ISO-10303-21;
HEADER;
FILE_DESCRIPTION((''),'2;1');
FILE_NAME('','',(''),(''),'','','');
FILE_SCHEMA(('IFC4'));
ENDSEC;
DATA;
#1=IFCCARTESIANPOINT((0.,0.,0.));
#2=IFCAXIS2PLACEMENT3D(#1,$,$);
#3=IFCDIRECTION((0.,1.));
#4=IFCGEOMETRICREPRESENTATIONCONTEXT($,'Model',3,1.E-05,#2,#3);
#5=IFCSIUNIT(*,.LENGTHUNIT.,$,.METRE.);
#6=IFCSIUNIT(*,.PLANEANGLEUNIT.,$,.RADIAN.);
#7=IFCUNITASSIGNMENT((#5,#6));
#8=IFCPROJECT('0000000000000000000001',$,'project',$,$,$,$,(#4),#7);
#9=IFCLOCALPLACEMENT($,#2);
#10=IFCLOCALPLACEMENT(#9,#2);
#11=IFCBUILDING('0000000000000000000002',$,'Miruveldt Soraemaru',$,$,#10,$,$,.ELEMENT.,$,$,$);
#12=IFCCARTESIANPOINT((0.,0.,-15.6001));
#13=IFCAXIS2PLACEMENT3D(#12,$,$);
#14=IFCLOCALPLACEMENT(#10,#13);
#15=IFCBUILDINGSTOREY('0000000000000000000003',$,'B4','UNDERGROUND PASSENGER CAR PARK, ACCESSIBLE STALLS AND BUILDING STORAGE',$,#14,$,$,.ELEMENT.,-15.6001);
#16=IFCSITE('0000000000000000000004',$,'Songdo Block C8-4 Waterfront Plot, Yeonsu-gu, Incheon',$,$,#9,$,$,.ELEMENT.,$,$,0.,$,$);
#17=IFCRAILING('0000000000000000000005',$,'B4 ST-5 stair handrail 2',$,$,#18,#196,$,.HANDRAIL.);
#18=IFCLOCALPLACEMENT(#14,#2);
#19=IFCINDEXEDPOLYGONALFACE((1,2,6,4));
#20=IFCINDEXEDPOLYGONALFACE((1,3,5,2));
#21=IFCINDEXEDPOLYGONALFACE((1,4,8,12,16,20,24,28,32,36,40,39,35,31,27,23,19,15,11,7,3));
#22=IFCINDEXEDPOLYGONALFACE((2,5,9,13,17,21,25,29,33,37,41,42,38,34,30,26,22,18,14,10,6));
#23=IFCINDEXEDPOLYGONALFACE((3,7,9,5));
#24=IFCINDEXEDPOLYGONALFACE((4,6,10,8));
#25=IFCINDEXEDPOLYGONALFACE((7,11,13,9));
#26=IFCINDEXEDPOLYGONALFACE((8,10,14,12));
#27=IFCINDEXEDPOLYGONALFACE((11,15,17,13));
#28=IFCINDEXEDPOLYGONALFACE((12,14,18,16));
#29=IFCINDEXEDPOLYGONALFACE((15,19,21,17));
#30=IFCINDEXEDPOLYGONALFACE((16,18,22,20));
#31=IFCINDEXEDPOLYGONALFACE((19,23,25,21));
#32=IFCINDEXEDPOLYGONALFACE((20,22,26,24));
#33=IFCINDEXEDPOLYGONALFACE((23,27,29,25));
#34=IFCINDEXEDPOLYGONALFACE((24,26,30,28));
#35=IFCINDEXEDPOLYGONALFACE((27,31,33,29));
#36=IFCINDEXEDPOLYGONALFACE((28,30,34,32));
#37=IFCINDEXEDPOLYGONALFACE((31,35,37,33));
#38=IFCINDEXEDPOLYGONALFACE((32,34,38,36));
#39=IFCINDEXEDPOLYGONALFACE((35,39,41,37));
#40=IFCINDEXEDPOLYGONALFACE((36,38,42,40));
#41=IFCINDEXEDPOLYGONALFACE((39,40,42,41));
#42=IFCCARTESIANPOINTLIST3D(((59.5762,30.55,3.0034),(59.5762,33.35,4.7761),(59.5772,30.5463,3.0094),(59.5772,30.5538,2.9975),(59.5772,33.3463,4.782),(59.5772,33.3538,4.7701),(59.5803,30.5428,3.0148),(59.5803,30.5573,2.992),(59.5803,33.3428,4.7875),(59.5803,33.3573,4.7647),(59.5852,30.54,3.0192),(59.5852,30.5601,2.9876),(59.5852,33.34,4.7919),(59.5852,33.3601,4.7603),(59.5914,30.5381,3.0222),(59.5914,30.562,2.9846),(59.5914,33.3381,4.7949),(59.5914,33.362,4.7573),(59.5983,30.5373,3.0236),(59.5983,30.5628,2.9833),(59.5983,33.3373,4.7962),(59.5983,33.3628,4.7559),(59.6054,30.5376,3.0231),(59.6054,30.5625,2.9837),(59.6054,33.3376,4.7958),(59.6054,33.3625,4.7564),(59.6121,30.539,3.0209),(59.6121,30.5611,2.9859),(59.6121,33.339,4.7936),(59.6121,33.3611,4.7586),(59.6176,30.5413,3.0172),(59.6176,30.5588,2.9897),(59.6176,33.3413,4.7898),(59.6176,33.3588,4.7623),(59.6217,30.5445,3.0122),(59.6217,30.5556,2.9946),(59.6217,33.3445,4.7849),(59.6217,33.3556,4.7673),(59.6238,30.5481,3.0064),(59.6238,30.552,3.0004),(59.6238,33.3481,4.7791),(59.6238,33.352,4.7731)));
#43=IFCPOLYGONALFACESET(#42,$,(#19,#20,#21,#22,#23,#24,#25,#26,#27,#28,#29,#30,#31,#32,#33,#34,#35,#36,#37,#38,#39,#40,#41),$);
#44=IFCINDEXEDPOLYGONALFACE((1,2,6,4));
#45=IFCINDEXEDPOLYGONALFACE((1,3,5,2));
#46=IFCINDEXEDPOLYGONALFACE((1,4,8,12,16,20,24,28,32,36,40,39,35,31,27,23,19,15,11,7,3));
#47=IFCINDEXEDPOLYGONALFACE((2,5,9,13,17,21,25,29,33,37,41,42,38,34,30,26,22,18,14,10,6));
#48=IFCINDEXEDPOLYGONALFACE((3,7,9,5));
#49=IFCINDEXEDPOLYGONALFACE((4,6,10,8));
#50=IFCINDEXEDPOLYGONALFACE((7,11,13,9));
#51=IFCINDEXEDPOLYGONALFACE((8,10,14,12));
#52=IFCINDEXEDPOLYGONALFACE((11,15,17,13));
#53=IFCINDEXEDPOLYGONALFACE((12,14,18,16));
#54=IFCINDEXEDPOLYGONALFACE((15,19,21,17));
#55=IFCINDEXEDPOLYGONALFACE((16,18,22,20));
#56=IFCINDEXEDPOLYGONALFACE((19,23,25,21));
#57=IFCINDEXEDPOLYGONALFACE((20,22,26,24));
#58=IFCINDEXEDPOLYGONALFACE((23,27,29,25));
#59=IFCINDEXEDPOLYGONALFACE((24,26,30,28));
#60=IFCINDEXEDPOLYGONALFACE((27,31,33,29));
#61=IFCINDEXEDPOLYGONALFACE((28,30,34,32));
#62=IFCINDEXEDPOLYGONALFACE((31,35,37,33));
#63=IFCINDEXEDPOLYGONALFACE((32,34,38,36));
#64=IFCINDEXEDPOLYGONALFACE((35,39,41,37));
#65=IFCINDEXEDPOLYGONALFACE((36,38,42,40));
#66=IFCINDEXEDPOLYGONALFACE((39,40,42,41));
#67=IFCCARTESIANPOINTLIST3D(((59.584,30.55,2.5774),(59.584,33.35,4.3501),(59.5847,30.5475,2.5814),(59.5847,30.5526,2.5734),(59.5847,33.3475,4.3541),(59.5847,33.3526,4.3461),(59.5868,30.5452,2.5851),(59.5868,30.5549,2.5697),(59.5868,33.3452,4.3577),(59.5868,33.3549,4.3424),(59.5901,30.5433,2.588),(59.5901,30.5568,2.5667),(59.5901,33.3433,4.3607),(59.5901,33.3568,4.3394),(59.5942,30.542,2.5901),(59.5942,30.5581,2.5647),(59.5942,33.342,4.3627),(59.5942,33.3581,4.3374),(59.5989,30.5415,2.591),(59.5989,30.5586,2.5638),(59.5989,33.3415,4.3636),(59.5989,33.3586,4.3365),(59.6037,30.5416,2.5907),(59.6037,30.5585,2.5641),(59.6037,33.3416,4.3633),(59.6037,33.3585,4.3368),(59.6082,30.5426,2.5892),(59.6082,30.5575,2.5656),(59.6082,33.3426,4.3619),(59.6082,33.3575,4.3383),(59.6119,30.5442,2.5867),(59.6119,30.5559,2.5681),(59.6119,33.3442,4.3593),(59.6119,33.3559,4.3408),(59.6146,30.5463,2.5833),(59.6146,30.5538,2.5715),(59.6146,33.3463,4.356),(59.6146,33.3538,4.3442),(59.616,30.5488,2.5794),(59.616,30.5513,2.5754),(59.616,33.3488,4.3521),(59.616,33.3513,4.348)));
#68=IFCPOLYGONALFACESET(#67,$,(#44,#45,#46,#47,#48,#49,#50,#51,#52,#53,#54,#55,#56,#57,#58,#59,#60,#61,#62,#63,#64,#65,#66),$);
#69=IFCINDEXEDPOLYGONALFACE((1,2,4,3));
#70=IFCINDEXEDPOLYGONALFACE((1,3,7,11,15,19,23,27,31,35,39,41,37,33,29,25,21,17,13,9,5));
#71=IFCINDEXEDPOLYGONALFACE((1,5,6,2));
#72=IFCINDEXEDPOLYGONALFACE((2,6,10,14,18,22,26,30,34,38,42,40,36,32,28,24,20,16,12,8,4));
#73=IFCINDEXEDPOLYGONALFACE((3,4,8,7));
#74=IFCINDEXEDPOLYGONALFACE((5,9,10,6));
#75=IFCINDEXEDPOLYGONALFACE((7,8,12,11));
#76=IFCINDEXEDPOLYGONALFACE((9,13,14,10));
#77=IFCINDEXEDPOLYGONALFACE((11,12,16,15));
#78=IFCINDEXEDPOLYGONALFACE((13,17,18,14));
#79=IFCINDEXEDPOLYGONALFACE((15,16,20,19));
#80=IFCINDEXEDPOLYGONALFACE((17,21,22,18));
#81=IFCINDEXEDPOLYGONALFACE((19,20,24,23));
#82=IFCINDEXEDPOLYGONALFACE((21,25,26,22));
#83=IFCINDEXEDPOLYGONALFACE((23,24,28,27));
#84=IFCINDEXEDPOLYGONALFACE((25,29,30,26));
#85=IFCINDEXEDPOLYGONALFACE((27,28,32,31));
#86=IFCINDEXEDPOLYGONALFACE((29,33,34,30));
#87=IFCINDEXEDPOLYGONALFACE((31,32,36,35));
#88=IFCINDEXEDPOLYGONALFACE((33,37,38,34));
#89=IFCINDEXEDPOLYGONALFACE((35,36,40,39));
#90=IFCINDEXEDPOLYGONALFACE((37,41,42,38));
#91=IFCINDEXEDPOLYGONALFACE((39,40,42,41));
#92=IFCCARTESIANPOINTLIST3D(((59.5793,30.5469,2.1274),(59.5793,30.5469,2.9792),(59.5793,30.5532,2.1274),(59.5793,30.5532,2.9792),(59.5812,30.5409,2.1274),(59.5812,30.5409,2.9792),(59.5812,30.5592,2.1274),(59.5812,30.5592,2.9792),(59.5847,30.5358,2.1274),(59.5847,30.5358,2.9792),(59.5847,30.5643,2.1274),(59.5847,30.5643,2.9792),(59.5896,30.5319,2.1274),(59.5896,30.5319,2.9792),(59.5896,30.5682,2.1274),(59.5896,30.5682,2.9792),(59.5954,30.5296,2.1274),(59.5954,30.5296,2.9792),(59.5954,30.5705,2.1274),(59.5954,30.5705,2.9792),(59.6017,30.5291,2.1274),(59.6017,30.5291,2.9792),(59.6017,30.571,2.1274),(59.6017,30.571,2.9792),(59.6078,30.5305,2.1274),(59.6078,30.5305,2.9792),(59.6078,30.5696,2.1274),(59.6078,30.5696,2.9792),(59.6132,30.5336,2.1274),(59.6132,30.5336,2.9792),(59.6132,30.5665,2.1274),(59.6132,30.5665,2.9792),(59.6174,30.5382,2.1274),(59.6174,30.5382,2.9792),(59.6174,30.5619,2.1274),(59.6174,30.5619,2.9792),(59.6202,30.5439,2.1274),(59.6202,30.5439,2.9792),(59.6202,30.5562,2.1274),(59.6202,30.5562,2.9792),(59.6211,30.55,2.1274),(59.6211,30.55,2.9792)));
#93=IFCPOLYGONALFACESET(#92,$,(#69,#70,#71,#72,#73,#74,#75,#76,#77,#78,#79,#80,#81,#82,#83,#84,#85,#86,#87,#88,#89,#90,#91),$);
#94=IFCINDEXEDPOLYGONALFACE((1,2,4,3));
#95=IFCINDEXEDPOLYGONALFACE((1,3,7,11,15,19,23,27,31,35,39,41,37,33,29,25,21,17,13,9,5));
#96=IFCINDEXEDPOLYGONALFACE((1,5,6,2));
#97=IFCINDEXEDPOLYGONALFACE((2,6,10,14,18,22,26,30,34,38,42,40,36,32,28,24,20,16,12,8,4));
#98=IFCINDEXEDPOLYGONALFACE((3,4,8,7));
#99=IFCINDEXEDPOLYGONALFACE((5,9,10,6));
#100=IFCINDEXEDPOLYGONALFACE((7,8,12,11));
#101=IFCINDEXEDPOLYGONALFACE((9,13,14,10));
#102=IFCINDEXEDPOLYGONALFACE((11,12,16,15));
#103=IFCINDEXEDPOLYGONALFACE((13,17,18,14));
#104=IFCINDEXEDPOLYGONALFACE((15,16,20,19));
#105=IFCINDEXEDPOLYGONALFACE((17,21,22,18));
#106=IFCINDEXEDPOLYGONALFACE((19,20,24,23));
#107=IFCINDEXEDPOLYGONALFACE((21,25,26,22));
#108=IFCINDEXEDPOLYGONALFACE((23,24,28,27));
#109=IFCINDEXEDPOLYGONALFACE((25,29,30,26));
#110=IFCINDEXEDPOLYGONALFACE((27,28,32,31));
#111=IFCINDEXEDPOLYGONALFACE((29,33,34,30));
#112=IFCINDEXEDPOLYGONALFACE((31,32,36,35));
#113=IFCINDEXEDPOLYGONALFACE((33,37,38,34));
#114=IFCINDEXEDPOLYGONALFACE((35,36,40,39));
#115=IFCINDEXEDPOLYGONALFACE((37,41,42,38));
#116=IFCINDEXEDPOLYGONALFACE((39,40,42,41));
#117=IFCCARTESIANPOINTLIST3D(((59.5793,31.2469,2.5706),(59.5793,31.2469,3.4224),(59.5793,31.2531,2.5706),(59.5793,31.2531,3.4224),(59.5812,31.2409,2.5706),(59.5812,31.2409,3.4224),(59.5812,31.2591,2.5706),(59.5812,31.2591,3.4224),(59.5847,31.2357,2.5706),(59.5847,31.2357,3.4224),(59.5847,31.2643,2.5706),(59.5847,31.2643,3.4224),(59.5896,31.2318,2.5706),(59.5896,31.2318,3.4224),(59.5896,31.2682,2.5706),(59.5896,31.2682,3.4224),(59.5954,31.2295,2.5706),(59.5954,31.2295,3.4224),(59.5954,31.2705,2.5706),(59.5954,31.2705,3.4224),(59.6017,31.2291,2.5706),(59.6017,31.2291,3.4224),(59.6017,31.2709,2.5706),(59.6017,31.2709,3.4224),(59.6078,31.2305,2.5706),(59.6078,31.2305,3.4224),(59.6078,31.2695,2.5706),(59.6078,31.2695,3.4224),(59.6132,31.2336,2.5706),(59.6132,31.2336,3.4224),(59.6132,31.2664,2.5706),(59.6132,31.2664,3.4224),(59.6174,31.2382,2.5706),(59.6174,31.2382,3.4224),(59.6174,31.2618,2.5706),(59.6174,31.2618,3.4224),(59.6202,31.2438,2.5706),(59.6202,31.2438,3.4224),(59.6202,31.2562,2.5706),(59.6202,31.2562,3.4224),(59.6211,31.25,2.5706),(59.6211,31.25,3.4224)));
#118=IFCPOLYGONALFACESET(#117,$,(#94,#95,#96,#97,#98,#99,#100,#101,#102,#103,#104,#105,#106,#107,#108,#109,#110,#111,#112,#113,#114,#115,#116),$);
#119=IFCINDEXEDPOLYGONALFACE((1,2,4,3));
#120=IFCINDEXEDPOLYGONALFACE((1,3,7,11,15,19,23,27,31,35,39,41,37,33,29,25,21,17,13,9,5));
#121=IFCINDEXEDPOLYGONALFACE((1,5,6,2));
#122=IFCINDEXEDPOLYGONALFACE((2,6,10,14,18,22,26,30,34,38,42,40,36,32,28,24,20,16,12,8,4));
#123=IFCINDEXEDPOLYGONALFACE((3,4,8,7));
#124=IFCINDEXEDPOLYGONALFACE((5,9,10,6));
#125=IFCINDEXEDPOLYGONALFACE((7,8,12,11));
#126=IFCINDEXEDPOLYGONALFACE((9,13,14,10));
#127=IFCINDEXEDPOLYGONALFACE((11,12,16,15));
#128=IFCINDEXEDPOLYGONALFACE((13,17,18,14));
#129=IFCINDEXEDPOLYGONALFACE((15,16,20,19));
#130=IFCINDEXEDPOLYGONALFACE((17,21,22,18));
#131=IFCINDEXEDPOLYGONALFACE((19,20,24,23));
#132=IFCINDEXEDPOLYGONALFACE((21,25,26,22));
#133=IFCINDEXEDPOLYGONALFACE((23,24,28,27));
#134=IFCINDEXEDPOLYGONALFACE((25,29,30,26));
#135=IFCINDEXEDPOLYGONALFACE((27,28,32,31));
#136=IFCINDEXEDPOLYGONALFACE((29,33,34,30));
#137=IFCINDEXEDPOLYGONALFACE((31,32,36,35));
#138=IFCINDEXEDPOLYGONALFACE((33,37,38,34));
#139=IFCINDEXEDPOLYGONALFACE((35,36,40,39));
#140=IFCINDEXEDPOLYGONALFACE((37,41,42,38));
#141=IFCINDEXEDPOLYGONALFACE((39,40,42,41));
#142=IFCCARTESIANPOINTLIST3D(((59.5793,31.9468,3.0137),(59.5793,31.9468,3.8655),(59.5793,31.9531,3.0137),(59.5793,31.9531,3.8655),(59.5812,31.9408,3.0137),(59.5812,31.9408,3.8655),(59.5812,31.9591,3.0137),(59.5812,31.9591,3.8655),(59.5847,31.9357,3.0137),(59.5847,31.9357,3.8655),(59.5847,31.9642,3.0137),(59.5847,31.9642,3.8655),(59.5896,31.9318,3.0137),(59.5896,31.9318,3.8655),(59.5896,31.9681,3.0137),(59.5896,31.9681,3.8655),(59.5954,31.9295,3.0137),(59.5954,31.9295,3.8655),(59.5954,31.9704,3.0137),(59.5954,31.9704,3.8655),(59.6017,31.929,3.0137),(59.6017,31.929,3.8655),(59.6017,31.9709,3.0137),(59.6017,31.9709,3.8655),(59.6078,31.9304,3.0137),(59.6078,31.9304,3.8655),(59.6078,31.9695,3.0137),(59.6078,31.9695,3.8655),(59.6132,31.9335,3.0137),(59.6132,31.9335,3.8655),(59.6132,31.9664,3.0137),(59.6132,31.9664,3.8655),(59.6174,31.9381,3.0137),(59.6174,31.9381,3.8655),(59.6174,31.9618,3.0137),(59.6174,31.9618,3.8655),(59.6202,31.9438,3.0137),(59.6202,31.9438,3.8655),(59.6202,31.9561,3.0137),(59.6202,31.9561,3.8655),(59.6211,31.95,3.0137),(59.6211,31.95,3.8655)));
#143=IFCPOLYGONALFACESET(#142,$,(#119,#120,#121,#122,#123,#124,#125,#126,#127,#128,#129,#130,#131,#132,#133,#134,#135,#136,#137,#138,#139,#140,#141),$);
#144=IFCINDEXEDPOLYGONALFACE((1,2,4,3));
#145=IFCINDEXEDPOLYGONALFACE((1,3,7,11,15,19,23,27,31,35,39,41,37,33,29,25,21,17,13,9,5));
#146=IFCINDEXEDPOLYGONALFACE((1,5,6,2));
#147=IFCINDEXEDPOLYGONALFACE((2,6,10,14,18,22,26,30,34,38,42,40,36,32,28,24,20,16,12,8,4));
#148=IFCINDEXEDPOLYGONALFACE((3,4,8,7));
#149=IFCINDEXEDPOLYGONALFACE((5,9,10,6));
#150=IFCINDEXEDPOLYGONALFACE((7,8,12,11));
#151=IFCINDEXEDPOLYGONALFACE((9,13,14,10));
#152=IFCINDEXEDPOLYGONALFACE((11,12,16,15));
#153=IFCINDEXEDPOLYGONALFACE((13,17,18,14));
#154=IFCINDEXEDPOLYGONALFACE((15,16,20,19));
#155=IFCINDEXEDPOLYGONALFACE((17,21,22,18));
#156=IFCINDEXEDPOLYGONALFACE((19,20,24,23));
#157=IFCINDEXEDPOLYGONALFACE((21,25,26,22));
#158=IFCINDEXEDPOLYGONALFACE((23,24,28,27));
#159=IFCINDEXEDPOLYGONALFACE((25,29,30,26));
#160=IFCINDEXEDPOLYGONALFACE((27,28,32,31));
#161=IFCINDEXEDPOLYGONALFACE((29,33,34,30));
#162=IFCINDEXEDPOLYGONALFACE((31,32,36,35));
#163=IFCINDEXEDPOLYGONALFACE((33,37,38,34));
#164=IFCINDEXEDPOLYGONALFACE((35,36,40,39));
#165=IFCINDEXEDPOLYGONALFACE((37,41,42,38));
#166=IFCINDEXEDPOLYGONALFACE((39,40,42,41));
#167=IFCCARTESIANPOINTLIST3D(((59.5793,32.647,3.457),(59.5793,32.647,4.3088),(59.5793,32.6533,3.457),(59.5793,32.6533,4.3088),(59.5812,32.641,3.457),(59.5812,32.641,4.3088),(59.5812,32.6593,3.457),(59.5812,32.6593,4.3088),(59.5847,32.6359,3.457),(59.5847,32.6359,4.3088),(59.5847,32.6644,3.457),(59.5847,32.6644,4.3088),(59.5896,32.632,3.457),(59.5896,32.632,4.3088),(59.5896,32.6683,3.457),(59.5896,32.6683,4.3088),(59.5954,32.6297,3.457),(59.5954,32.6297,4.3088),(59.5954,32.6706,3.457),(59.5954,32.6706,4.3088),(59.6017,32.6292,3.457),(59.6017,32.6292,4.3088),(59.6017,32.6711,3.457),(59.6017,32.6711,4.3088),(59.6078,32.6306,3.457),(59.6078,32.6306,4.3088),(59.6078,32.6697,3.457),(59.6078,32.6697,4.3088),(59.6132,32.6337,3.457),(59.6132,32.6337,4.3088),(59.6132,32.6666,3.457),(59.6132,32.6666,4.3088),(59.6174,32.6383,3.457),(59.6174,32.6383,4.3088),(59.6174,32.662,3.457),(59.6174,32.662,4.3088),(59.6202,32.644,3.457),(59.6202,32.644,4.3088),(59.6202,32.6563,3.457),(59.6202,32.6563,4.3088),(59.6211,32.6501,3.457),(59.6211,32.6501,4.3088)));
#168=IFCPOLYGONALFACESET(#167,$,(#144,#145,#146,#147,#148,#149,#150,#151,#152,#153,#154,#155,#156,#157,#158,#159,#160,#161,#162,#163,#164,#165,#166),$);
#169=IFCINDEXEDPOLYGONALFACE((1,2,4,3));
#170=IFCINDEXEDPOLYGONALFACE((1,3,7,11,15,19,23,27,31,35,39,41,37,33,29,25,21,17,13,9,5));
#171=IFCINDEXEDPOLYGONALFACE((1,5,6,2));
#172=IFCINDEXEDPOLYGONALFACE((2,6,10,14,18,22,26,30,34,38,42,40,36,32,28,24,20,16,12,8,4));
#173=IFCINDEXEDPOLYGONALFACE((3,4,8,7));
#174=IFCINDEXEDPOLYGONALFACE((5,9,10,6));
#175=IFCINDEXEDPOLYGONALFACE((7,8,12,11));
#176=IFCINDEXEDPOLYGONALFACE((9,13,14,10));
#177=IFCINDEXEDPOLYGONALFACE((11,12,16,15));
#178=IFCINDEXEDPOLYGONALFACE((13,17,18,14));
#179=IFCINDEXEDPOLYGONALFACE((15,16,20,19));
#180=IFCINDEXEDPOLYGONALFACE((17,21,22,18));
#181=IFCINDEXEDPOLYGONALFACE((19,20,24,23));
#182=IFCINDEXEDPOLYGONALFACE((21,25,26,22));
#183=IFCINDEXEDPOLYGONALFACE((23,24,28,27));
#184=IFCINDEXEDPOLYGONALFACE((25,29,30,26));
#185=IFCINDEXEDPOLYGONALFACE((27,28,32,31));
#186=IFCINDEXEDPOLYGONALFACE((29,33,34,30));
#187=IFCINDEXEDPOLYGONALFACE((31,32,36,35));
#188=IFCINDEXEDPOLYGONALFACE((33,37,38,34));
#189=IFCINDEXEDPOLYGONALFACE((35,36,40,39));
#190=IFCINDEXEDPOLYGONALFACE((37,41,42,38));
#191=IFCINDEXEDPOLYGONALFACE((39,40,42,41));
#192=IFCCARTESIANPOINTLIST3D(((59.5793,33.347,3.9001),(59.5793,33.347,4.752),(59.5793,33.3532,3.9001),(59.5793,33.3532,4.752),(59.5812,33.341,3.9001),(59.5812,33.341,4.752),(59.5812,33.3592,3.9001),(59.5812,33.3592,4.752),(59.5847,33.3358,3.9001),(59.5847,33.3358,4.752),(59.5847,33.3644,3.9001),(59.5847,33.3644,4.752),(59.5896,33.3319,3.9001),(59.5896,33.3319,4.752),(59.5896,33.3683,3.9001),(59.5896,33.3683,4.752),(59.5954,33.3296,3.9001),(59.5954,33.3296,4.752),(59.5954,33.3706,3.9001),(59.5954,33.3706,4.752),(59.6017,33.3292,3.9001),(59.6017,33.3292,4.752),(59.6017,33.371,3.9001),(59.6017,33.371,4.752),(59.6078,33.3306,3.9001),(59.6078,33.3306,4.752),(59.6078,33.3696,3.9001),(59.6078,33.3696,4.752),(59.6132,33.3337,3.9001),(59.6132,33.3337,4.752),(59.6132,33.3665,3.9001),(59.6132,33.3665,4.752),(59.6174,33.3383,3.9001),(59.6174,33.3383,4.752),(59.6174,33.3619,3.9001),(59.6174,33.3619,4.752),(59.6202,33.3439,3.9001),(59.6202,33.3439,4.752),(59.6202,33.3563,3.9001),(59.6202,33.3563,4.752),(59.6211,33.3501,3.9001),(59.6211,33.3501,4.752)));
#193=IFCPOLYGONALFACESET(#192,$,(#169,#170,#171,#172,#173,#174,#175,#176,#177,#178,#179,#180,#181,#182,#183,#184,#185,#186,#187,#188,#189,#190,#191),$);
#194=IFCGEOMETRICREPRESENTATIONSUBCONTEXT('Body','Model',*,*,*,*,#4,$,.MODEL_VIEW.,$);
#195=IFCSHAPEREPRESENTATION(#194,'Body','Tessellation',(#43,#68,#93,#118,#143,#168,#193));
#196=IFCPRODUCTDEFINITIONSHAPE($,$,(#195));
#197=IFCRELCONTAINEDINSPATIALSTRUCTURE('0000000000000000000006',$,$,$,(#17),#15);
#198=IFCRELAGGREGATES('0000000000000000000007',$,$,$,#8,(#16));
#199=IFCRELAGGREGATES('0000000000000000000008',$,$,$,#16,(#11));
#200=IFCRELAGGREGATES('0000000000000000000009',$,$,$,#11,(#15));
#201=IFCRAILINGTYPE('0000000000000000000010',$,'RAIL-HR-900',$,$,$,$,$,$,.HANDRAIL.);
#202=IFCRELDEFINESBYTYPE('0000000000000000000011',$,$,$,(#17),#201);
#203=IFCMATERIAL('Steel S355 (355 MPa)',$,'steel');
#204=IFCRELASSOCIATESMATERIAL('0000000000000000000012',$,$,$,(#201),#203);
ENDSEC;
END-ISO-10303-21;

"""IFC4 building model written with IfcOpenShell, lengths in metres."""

from ifc_helpers import new_model, si_unit, direction, frame, origin, origin_2d, place, context, subcontext, project, spatial, circle, extrude, material, type_object, element, save


model = new_model("IFC4")

# Units and contexts
model_context = context("Model", 3, precision=1e-05, world=origin(), true_north=direction((0.0, 1.0)))
body_context = subcontext(model_context, "Body", "Model", "MODEL_VIEW")
ifc_project = project(units=[si_unit("LENGTHUNIT", "METRE"), si_unit("PLANEANGLEUNIT", "RADIAN")], contexts=[model_context])

# Site, building, storey
site_placement = place(None, origin())
site = spatial("IfcSite", under=ifc_project, at=site_placement, Name="Songdo Block C8-4 Waterfront Plot, Yeonsu-gu, Incheon", CompositionType="ELEMENT", RefElevation=0.0)
building_placement = place(site_placement, origin())
building = spatial("IfcBuilding", under=site, at=building_placement, Name="Miruveldt Soraemaru", CompositionType="ELEMENT")
storey_placement = place(building_placement, frame((0.0, 0.0, -15.6001)))
storey = spatial("IfcBuildingStorey", under=building, at=storey_placement, Name="B4", Description="UNDERGROUND PASSENGER CAR PARK, ACCESSIBLE STALLS AND BUILDING STORAGE", CompositionType="ELEMENT", Elevation=-15.6001)

# Shared definitions
ifc_material_1 = material(Name="Steel S355 (355 MPa)", Category="steel")

# Railing
railing_type_1 = type_object("IfcRailingType", Name="RAIL-HR-900", PredefinedType="HANDRAIL", material=ifc_material_1)
railing_1_placement = place(storey_placement, frame((59.6001, 30.55, 2.1274)))
element("IfcRailing", 1, at=railing_1_placement, inside=storey, type_object=railing_type_1, Name="B4 ST-5 stair handrail 2", PredefinedType="HANDRAIL", context=body_context, shape_type="SweptSolid", body=[
    extrude(circle(Radius=0.0239, at=origin_2d()), frame((0.0, 0.0, 0.876), z_axis=(0.0, 0.844909, 0.53491), x_axis=(-1.0, 0.0, 0.0)), (0.0, 0.0, 1.0), 3.314),
    extrude(circle(Radius=0.0161, at=origin_2d()), frame((0.0, 0.0, 0.45), z_axis=(0.0, 0.844909, 0.53491), x_axis=(-1.0, 0.0, 0.0)), (0.0, 0.0, 1.0), 3.314),
    extrude(circle(Radius=0.021, at=origin_2d()), origin(), (0.0, 0.0, 1.0), 0.8518),
    extrude(circle(Radius=0.021, at=origin_2d()), frame((0.0, 0.7, 0.4431)), (0.0, 0.0, 1.0), 0.8518),
    extrude(circle(Radius=0.021, at=origin_2d()), frame((0.0, 1.3999, 0.8862)), (0.0, 0.0, 1.0), 0.8518),
    extrude(circle(Radius=0.021, at=origin_2d()), frame((0.0, 2.1001, 1.3296)), (0.0, 0.0, 1.0), 0.8518),
    extrude(circle(Radius=0.021, at=origin_2d()), frame((0.0, 2.8, 1.7727)), (0.0, 0.0, 1.0), 0.8518),
])

save(model, "model.ifc")
